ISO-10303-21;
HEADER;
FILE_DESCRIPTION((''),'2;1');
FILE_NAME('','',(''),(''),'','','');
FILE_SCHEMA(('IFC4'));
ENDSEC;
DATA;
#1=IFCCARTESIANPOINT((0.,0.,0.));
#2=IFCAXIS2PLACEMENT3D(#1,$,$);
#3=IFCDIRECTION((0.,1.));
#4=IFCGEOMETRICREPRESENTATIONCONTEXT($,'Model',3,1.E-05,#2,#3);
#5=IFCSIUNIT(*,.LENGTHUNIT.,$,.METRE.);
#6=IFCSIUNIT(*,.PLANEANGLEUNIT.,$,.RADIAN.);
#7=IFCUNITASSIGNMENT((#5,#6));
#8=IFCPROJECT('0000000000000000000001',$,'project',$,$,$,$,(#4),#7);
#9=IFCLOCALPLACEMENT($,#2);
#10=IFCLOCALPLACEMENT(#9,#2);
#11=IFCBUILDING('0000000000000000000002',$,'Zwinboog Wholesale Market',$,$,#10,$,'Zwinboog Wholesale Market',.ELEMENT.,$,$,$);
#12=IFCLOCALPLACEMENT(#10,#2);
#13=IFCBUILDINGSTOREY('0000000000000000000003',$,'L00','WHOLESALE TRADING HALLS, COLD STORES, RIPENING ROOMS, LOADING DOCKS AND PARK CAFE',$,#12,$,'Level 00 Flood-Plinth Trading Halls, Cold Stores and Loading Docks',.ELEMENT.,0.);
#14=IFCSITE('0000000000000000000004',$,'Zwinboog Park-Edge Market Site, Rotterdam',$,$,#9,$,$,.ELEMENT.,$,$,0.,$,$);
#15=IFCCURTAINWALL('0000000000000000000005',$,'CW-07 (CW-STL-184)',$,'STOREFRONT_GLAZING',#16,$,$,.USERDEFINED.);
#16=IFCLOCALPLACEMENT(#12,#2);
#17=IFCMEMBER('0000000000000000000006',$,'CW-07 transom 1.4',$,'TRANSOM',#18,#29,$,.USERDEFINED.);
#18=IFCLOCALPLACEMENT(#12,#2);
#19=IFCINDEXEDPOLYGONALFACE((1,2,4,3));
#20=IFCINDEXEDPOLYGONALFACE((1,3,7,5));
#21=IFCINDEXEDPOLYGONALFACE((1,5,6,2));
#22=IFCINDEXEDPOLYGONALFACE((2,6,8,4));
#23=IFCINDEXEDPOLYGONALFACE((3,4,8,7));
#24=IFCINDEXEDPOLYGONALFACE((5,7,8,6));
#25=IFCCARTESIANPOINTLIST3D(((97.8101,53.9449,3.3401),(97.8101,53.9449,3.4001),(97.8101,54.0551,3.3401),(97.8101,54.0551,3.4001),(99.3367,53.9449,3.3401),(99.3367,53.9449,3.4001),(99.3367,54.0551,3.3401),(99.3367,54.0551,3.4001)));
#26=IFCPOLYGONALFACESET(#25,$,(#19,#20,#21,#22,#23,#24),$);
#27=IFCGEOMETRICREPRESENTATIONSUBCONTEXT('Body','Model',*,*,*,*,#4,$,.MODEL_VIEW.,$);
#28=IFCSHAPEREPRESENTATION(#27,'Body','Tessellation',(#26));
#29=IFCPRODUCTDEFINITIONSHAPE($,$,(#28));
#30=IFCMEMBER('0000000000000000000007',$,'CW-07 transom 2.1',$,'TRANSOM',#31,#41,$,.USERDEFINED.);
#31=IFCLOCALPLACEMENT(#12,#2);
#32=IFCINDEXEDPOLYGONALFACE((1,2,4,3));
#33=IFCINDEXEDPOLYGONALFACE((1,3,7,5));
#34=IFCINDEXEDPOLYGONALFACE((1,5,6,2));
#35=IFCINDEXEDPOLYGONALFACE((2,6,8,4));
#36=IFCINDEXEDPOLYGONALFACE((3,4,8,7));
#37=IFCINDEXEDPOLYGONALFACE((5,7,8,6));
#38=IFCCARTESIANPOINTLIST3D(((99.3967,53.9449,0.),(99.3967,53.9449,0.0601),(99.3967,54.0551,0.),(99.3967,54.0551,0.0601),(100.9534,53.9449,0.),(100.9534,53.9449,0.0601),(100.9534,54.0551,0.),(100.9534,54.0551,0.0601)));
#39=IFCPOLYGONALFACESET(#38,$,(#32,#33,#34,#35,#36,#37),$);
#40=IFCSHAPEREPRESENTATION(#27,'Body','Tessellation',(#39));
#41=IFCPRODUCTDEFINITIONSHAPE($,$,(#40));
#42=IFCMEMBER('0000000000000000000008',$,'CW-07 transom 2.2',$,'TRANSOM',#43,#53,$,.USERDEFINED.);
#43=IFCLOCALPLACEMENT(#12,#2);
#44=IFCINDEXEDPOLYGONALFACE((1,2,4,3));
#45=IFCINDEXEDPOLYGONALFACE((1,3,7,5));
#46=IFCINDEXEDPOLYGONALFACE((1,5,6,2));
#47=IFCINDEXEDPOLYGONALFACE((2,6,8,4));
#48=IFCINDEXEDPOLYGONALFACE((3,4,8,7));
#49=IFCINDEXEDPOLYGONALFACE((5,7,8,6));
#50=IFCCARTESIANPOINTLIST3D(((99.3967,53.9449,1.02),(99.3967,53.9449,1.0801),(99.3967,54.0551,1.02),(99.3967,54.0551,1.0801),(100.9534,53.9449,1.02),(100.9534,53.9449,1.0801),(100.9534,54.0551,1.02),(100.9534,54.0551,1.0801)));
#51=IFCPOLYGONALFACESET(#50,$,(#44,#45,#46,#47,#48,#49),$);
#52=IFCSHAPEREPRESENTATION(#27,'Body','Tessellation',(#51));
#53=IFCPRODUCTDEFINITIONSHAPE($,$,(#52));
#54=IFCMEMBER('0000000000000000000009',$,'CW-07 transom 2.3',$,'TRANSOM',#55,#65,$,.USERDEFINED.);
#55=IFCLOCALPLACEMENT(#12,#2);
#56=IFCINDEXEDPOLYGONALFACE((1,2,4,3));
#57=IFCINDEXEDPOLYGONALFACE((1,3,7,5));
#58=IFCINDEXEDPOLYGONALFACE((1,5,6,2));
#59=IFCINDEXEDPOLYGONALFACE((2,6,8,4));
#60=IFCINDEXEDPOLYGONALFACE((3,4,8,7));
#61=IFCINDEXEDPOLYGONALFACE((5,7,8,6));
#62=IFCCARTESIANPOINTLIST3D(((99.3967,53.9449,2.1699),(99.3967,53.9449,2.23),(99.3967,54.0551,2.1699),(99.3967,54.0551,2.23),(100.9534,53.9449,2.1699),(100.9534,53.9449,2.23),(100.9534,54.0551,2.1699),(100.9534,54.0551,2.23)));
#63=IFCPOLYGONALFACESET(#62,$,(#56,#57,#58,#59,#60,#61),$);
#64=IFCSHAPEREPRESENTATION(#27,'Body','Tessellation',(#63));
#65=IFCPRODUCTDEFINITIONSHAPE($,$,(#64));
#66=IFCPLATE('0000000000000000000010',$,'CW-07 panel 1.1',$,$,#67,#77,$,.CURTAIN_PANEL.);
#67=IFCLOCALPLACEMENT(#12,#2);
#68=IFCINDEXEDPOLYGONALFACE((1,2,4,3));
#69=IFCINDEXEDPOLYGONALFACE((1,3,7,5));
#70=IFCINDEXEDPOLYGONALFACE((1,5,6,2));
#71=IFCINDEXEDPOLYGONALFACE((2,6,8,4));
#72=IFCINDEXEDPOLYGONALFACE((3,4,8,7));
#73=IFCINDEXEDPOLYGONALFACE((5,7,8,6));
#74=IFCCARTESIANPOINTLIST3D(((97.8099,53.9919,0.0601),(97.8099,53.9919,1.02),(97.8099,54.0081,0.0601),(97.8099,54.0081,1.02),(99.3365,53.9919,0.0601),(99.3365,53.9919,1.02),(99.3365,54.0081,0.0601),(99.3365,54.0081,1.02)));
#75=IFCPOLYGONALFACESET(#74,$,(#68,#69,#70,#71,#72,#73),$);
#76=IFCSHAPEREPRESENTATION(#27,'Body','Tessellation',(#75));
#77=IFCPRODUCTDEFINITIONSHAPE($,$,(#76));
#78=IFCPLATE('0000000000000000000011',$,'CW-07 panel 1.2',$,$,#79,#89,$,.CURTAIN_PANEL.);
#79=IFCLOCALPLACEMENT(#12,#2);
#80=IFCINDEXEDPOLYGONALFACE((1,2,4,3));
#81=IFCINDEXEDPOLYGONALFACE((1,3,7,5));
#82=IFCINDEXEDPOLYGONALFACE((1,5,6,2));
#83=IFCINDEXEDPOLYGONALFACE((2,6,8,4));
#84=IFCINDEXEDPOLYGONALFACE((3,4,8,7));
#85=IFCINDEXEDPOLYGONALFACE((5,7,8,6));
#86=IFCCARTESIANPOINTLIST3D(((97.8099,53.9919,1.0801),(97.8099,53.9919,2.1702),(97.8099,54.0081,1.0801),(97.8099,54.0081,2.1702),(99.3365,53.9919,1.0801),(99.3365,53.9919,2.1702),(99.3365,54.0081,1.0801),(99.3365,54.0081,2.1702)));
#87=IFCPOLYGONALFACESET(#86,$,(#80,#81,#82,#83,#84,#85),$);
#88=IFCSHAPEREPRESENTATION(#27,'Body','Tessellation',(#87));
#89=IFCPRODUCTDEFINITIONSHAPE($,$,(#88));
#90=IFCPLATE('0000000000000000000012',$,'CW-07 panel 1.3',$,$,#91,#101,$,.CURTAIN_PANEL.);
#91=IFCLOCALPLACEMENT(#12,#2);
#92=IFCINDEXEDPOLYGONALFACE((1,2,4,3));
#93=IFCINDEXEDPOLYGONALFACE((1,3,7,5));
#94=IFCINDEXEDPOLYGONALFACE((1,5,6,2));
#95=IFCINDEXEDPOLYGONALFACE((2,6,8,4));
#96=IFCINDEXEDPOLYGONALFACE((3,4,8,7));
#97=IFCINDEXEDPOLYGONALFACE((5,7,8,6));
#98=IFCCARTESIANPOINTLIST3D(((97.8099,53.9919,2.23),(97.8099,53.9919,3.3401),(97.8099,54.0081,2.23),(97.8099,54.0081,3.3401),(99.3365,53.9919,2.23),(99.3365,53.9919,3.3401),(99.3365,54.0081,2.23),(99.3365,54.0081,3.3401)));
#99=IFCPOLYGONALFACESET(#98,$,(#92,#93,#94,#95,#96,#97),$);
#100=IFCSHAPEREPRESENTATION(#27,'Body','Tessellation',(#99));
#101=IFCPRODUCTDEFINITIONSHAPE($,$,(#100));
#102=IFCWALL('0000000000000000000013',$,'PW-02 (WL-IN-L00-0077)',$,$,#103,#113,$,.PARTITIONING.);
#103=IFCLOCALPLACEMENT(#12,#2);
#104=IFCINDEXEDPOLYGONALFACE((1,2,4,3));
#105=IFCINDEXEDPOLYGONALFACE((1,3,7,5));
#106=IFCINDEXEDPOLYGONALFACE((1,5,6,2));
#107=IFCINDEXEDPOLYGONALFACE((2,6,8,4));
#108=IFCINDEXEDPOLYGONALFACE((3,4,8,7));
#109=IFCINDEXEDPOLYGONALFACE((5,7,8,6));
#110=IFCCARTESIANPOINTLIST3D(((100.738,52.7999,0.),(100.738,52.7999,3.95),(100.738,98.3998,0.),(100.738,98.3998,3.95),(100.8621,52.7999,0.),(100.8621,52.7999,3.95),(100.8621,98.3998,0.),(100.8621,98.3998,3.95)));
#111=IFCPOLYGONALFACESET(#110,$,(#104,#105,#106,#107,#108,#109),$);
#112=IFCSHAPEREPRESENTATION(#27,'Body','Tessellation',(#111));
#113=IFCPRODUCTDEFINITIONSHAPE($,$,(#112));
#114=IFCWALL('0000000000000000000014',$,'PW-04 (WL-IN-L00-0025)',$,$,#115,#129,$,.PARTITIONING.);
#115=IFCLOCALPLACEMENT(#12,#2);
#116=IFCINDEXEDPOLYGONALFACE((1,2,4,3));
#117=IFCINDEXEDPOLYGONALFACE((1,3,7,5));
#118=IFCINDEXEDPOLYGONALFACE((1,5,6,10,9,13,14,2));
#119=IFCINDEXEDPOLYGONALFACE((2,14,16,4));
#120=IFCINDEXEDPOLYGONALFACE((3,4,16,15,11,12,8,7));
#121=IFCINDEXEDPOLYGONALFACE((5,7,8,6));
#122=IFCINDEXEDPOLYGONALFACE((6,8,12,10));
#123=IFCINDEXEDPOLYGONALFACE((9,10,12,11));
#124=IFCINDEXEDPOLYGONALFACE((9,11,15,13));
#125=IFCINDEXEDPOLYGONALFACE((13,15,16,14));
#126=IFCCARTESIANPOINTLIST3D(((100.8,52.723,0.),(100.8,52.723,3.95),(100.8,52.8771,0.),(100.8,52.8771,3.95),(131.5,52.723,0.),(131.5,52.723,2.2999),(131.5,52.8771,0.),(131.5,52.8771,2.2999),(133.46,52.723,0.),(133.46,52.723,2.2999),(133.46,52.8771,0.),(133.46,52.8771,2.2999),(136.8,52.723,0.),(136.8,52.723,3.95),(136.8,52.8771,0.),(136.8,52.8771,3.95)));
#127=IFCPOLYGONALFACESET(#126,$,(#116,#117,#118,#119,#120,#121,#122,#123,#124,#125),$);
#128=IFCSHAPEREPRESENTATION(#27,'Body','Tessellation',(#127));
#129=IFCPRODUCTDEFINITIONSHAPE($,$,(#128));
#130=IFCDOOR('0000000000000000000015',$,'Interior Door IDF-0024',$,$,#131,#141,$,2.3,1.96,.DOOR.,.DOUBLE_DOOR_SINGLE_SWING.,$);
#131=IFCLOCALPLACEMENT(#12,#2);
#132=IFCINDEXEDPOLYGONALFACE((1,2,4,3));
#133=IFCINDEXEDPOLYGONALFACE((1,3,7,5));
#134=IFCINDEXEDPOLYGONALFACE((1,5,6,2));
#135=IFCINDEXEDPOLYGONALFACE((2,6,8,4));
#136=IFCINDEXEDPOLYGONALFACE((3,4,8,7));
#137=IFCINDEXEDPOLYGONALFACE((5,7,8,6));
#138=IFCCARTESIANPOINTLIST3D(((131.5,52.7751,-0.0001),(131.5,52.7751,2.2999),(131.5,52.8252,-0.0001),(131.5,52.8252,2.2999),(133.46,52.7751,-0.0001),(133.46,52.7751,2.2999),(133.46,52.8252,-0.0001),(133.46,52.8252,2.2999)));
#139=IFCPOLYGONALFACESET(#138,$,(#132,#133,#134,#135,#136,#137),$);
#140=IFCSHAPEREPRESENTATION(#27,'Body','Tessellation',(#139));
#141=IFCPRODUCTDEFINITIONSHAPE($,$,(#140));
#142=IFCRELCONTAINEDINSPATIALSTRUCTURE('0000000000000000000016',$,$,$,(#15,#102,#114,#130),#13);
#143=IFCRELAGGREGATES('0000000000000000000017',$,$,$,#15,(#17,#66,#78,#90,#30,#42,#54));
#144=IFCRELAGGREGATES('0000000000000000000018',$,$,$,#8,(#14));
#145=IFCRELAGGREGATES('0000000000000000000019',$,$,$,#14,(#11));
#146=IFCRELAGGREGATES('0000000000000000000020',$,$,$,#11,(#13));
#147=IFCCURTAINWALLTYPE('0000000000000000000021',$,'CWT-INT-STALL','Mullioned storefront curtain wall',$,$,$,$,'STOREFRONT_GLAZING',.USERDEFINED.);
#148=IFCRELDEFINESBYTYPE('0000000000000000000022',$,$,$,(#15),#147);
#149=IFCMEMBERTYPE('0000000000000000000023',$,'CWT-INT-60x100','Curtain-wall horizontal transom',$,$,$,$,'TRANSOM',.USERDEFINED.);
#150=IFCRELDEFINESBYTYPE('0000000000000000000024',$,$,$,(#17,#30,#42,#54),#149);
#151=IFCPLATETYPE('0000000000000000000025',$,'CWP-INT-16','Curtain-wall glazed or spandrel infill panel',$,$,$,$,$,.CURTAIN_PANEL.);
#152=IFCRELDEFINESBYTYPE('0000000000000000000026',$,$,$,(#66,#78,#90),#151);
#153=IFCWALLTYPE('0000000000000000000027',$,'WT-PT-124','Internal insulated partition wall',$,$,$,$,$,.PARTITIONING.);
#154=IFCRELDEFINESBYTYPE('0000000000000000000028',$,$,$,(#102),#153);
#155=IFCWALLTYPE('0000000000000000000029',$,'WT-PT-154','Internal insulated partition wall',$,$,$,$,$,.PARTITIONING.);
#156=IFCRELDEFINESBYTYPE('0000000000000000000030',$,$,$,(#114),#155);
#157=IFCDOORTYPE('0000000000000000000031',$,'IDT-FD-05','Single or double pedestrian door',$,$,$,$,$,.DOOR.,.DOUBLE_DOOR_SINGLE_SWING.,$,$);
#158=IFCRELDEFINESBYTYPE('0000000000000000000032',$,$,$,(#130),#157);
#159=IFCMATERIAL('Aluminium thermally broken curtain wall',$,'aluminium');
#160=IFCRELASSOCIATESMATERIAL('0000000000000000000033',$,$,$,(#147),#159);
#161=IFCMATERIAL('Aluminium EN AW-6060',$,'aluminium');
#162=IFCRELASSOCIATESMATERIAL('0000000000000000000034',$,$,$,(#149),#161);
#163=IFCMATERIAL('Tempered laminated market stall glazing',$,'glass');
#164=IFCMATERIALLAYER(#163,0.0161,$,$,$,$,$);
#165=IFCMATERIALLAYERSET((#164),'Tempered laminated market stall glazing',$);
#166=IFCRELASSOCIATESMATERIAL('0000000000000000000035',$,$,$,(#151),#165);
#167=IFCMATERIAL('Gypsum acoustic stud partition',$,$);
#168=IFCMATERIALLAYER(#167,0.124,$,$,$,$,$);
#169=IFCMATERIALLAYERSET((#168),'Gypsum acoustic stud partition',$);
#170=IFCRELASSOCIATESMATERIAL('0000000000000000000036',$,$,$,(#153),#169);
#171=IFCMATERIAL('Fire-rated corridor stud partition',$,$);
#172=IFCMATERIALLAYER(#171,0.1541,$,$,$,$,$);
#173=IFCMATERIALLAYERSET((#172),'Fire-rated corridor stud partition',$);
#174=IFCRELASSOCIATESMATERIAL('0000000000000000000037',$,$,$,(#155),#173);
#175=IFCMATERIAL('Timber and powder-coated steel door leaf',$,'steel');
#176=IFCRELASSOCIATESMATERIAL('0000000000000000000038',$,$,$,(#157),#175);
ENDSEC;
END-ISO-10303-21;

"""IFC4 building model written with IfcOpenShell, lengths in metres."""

from ifc_helpers import new_model, si_unit, direction, frame, frame_2d, origin, origin_2d, place, context, subcontext, project, spatial, rectangle, extrude, material, layer, layer_set, material_profile, profile_set, type_object, element, fill, aggregate, save


model = new_model("IFC4")

# Units and contexts
model_context = context("Model", 3, precision=1e-05, world=origin(), true_north=direction((0.0, 1.0)))
body_context = subcontext(model_context, "Body", "Model", "MODEL_VIEW")
ifc_project = project(units=[si_unit("LENGTHUNIT", "METRE"), si_unit("PLANEANGLEUNIT", "RADIAN")], contexts=[model_context])

# Site, building, storey
site_placement = place(None, origin())
site = spatial("IfcSite", under=ifc_project, at=site_placement, Name="Zwinboog Park-Edge Market Site, Rotterdam", CompositionType="ELEMENT", RefElevation=0.0)
building_placement = place(site_placement, origin())
building = spatial("IfcBuilding", under=site, at=building_placement, Name="Zwinboog Wholesale Market", LongName="Zwinboog Wholesale Market", CompositionType="ELEMENT")
storey_placement = place(building_placement, origin())
storey = spatial("IfcBuildingStorey", under=building, at=storey_placement, Name="L00", Description="WHOLESALE TRADING HALLS, COLD STORES, RIPENING ROOMS, LOADING DOCKS AND PARK CAFE", LongName="Level 00 Flood-Plinth Trading Halls, Cold Stores and Loading Docks", CompositionType="ELEMENT", Elevation=0.0)

# Shared definitions
ifc_material_1 = material(Name="Aluminium thermally broken curtain wall", Category="aluminium")
curtain_wall_type = type_object("IfcCurtainWallType", Name="CWT-INT-STALL", Description="Mullioned storefront curtain wall", ElementType="STOREFRONT_GLAZING", PredefinedType="USERDEFINED", material=ifc_material_1)
ifc_material_2 = material(Name="Aluminium EN AW-6060", Category="aluminium")

# Curtain wall, members, plates
curtain_wall_1_placement = place(storey_placement, origin())
curtain_wall_1 = element("IfcCurtainWall", 1, at=curtain_wall_1_placement, inside=storey, type_object=curtain_wall_type, Name="CW-07 (CW-STL-184)", ObjectType="STOREFRONT_GLAZING", PredefinedType="USERDEFINED")
ifc_material_profile_1 = material_profile(ifc_material_2, rectangle(XDim=0.1101, YDim=0.0601, at=origin_2d()), Name="AL 60x110")
ifc_profile_set_1 = profile_set([ifc_material_profile_1], Name="Aluminium EN AW-6060")
member_type_1 = type_object("IfcMemberType", Name="CWT-INT-60x100", Description="Curtain-wall horizontal transom", ElementType="TRANSOM", PredefinedType="USERDEFINED", material=ifc_profile_set_1)
member_1_placement = place(storey_placement, frame((97.8101, 54.0, 3.3701), z_axis=(1.0, 0.0, 0.0), x_axis=(0.0, 1.0, 0.0)))
member_1 = element("IfcMember", 2, at=member_1_placement, type_object=member_type_1, Name="CW-07 transom 1.4", ObjectType="TRANSOM", PredefinedType="USERDEFINED", context=body_context, shape_type="SweptSolid", body=[
    extrude(rectangle(XDim=0.1101, YDim=0.0601, at=origin_2d()), origin(), (0.0, 0.0, 1.0), 1.5266),
])
member_2_placement = place(storey_placement, frame((99.3967, 54.0, 0.03), z_axis=(1.0, 0.0, 0.0), x_axis=(0.0, 1.0, 0.0)))
member_2 = element("IfcMember", 3, at=member_2_placement, type_object=member_type_1, Name="CW-07 transom 2.1", ObjectType="TRANSOM", PredefinedType="USERDEFINED", context=body_context, shape_type="SweptSolid", body=[
    extrude(rectangle(XDim=0.1101, YDim=0.0601, at=origin_2d()), origin(), (0.0, 0.0, 1.0), 1.5566),
])
member_3_placement = place(storey_placement, frame((99.3967, 54.0, 1.05), z_axis=(1.0, 0.0, 0.0), x_axis=(0.0, 1.0, 0.0)))
member_3 = element("IfcMember", 4, at=member_3_placement, type_object=member_type_1, Name="CW-07 transom 2.2", ObjectType="TRANSOM", PredefinedType="USERDEFINED", context=body_context, shape_type="SweptSolid", body=[
    extrude(rectangle(XDim=0.1101, YDim=0.0601, at=origin_2d()), origin(), (0.0, 0.0, 1.0), 1.5566),
])
member_4_placement = place(storey_placement, frame((99.3967, 54.0, 2.2), z_axis=(1.0, 0.0, 0.0), x_axis=(0.0, 1.0, 0.0)))
member_4 = element("IfcMember", 5, at=member_4_placement, type_object=member_type_1, Name="CW-07 transom 2.3", ObjectType="TRANSOM", PredefinedType="USERDEFINED", context=body_context, shape_type="SweptSolid", body=[
    extrude(rectangle(XDim=0.1101, YDim=0.0601, at=origin_2d()), origin(), (0.0, 0.0, 1.0), 1.5566),
])
ifc_material_3 = material(Name="Tempered laminated market stall glazing", Category="glass")
ifc_layer_1 = layer(ifc_material_3, 0.0161)
ifc_layer_set_1 = layer_set([ifc_layer_1], Name="Tempered laminated market stall glazing")
plate_type = type_object("IfcPlateType", Name="CWP-INT-16", Description="Curtain-wall glazed or spandrel infill panel", PredefinedType="CURTAIN_PANEL", material=ifc_layer_set_1)
plate_1_placement = place(storey_placement, frame((98.5732, 54.0, 0.0601), z_axis=(0.0, 0.0, 1.0), x_axis=(1.0, 0.0, 0.0)))
plate_1 = element("IfcPlate", 6, at=plate_1_placement, type_object=plate_type, Name="CW-07 panel 1.1", PredefinedType="CURTAIN_PANEL", context=body_context, shape_type="SweptSolid", body=[
    extrude(rectangle(XDim=1.5266, YDim=0.0161, at=origin_2d()), origin(), (0.0, 0.0, 1.0), 0.96),
])
plate_2_placement = place(storey_placement, frame((98.5732, 54.0, 1.0801), z_axis=(0.0, 0.0, 1.0), x_axis=(1.0, 0.0, 0.0)))
plate_2 = element("IfcPlate", 7, at=plate_2_placement, type_object=plate_type, Name="CW-07 panel 1.2", PredefinedType="CURTAIN_PANEL", context=body_context, shape_type="SweptSolid", body=[
    extrude(rectangle(XDim=1.5266, YDim=0.0161, at=origin_2d()), origin(), (0.0, 0.0, 1.0), 1.0901),
])
plate_3_placement = place(storey_placement, frame((98.5732, 54.0, 2.23), z_axis=(0.0, 0.0, 1.0), x_axis=(1.0, 0.0, 0.0)))
plate_3 = element("IfcPlate", 8, at=plate_3_placement, type_object=plate_type, Name="CW-07 panel 1.3", PredefinedType="CURTAIN_PANEL", context=body_context, shape_type="SweptSolid", body=[
    extrude(rectangle(XDim=1.5266, YDim=0.0161, at=origin_2d()), origin(), (0.0, 0.0, 1.0), 1.1101),
])
aggregate(curtain_wall_1, [member_1, plate_1, plate_2, plate_3, member_2, member_3, member_4])

# Wall
ifc_material_4 = material(Name="Gypsum acoustic stud partition")
ifc_layer_2 = layer(ifc_material_4, 0.124)
ifc_layer_set_2 = layer_set([ifc_layer_2], Name="Gypsum acoustic stud partition")
wall_type_1 = type_object("IfcWallType", Name="WT-PT-124", Description="Internal insulated partition wall", PredefinedType="PARTITIONING", material=ifc_layer_set_2)
wall_1_placement = place(storey_placement, frame((100.8, 52.8, 0.0), z_axis=(0.0, 0.0, 1.0), x_axis=(0.0, 1.0, 0.0)))
element("IfcWall", 9, at=wall_1_placement, inside=storey, type_object=wall_type_1, Name="PW-02 (WL-IN-L00-0077)", PredefinedType="PARTITIONING", context=body_context, shape_type="SweptSolid", body=[
    extrude(rectangle(XDim=45.5999, YDim=0.124, at=frame_2d((22.7998, 0.0))), origin(), (0.0, 0.0, 1.0), 3.95),
])

# Wall, opening, door
ifc_material_5 = material(Name="Fire-rated corridor stud partition")
ifc_layer_3 = layer(ifc_material_5, 0.1541)
ifc_layer_set_3 = layer_set([ifc_layer_3], Name="Fire-rated corridor stud partition")
wall_type_2 = type_object("IfcWallType", Name="WT-PT-154", Description="Internal insulated partition wall", PredefinedType="PARTITIONING", material=ifc_layer_set_3)
wall_2_placement = place(storey_placement, frame((100.8, 52.8, 0.0), z_axis=(0.0, 0.0, 1.0), x_axis=(1.0, 0.0, 0.0)))
wall_2 = element("IfcWall", 10, at=wall_2_placement, inside=storey, type_object=wall_type_2, Name="PW-04 (WL-IN-L00-0025)", PredefinedType="PARTITIONING", context=body_context, shape_type="SweptSolid", body=[
    extrude(rectangle(XDim=36.0, YDim=0.1541, at=frame_2d((18.0, 0.0))), origin(), (0.0, 0.0, 1.0), 3.95),
])
opening_placement = place(wall_2_placement, frame((30.7, 0.0, 0.0)))
opening = element("IfcOpeningElement", 11, at=opening_placement, cuts=wall_2, PredefinedType="OPENING", context=body_context, shape_type="SweptSolid", body=[
    extrude(rectangle(XDim=1.96, YDim=2.3, at=frame_2d((0.98, 1.1499))), frame((0.0, 0.0869, 0.0), z_axis=(0.0, -1.0, 0.0), x_axis=(1.0, 0.0, 0.0)), (0.0, 0.0, 1.0), 0.1741),
])
ifc_material_6 = material(Name="Timber and powder-coated steel door leaf", Category="steel")
door_type = type_object("IfcDoorType", Name="IDT-FD-05", Description="Single or double pedestrian door", OperationType="DOUBLE_DOOR_SINGLE_SWING", PredefinedType="DOOR", material=ifc_material_6)
door_placement = place(opening_placement, frame((1.96, 0.0, 0.0), z_axis=(0.0, 0.0, 1.0), x_axis=(-1.0, 0.0, 0.0)))
door = element("IfcDoor", 12, at=door_placement, inside=storey, type_object=door_type, Name="Interior Door IDF-0024", OperationType="DOUBLE_DOOR_SINGLE_SWING", OverallHeight=2.3, OverallWidth=1.96, PredefinedType="DOOR", context=body_context, shape_type="SweptSolid", body=[
    extrude(rectangle(XDim=1.96, YDim=2.3, at=frame_2d((0.98, 1.1499))), frame((0.0, 0.0249, 0.0), z_axis=(0.0, -1.0, 0.0), x_axis=(1.0, 0.0, 0.0)), (0.0, 0.0, 1.0), 0.05),
])
fill(opening, door)

save(model, "model.ifc")
